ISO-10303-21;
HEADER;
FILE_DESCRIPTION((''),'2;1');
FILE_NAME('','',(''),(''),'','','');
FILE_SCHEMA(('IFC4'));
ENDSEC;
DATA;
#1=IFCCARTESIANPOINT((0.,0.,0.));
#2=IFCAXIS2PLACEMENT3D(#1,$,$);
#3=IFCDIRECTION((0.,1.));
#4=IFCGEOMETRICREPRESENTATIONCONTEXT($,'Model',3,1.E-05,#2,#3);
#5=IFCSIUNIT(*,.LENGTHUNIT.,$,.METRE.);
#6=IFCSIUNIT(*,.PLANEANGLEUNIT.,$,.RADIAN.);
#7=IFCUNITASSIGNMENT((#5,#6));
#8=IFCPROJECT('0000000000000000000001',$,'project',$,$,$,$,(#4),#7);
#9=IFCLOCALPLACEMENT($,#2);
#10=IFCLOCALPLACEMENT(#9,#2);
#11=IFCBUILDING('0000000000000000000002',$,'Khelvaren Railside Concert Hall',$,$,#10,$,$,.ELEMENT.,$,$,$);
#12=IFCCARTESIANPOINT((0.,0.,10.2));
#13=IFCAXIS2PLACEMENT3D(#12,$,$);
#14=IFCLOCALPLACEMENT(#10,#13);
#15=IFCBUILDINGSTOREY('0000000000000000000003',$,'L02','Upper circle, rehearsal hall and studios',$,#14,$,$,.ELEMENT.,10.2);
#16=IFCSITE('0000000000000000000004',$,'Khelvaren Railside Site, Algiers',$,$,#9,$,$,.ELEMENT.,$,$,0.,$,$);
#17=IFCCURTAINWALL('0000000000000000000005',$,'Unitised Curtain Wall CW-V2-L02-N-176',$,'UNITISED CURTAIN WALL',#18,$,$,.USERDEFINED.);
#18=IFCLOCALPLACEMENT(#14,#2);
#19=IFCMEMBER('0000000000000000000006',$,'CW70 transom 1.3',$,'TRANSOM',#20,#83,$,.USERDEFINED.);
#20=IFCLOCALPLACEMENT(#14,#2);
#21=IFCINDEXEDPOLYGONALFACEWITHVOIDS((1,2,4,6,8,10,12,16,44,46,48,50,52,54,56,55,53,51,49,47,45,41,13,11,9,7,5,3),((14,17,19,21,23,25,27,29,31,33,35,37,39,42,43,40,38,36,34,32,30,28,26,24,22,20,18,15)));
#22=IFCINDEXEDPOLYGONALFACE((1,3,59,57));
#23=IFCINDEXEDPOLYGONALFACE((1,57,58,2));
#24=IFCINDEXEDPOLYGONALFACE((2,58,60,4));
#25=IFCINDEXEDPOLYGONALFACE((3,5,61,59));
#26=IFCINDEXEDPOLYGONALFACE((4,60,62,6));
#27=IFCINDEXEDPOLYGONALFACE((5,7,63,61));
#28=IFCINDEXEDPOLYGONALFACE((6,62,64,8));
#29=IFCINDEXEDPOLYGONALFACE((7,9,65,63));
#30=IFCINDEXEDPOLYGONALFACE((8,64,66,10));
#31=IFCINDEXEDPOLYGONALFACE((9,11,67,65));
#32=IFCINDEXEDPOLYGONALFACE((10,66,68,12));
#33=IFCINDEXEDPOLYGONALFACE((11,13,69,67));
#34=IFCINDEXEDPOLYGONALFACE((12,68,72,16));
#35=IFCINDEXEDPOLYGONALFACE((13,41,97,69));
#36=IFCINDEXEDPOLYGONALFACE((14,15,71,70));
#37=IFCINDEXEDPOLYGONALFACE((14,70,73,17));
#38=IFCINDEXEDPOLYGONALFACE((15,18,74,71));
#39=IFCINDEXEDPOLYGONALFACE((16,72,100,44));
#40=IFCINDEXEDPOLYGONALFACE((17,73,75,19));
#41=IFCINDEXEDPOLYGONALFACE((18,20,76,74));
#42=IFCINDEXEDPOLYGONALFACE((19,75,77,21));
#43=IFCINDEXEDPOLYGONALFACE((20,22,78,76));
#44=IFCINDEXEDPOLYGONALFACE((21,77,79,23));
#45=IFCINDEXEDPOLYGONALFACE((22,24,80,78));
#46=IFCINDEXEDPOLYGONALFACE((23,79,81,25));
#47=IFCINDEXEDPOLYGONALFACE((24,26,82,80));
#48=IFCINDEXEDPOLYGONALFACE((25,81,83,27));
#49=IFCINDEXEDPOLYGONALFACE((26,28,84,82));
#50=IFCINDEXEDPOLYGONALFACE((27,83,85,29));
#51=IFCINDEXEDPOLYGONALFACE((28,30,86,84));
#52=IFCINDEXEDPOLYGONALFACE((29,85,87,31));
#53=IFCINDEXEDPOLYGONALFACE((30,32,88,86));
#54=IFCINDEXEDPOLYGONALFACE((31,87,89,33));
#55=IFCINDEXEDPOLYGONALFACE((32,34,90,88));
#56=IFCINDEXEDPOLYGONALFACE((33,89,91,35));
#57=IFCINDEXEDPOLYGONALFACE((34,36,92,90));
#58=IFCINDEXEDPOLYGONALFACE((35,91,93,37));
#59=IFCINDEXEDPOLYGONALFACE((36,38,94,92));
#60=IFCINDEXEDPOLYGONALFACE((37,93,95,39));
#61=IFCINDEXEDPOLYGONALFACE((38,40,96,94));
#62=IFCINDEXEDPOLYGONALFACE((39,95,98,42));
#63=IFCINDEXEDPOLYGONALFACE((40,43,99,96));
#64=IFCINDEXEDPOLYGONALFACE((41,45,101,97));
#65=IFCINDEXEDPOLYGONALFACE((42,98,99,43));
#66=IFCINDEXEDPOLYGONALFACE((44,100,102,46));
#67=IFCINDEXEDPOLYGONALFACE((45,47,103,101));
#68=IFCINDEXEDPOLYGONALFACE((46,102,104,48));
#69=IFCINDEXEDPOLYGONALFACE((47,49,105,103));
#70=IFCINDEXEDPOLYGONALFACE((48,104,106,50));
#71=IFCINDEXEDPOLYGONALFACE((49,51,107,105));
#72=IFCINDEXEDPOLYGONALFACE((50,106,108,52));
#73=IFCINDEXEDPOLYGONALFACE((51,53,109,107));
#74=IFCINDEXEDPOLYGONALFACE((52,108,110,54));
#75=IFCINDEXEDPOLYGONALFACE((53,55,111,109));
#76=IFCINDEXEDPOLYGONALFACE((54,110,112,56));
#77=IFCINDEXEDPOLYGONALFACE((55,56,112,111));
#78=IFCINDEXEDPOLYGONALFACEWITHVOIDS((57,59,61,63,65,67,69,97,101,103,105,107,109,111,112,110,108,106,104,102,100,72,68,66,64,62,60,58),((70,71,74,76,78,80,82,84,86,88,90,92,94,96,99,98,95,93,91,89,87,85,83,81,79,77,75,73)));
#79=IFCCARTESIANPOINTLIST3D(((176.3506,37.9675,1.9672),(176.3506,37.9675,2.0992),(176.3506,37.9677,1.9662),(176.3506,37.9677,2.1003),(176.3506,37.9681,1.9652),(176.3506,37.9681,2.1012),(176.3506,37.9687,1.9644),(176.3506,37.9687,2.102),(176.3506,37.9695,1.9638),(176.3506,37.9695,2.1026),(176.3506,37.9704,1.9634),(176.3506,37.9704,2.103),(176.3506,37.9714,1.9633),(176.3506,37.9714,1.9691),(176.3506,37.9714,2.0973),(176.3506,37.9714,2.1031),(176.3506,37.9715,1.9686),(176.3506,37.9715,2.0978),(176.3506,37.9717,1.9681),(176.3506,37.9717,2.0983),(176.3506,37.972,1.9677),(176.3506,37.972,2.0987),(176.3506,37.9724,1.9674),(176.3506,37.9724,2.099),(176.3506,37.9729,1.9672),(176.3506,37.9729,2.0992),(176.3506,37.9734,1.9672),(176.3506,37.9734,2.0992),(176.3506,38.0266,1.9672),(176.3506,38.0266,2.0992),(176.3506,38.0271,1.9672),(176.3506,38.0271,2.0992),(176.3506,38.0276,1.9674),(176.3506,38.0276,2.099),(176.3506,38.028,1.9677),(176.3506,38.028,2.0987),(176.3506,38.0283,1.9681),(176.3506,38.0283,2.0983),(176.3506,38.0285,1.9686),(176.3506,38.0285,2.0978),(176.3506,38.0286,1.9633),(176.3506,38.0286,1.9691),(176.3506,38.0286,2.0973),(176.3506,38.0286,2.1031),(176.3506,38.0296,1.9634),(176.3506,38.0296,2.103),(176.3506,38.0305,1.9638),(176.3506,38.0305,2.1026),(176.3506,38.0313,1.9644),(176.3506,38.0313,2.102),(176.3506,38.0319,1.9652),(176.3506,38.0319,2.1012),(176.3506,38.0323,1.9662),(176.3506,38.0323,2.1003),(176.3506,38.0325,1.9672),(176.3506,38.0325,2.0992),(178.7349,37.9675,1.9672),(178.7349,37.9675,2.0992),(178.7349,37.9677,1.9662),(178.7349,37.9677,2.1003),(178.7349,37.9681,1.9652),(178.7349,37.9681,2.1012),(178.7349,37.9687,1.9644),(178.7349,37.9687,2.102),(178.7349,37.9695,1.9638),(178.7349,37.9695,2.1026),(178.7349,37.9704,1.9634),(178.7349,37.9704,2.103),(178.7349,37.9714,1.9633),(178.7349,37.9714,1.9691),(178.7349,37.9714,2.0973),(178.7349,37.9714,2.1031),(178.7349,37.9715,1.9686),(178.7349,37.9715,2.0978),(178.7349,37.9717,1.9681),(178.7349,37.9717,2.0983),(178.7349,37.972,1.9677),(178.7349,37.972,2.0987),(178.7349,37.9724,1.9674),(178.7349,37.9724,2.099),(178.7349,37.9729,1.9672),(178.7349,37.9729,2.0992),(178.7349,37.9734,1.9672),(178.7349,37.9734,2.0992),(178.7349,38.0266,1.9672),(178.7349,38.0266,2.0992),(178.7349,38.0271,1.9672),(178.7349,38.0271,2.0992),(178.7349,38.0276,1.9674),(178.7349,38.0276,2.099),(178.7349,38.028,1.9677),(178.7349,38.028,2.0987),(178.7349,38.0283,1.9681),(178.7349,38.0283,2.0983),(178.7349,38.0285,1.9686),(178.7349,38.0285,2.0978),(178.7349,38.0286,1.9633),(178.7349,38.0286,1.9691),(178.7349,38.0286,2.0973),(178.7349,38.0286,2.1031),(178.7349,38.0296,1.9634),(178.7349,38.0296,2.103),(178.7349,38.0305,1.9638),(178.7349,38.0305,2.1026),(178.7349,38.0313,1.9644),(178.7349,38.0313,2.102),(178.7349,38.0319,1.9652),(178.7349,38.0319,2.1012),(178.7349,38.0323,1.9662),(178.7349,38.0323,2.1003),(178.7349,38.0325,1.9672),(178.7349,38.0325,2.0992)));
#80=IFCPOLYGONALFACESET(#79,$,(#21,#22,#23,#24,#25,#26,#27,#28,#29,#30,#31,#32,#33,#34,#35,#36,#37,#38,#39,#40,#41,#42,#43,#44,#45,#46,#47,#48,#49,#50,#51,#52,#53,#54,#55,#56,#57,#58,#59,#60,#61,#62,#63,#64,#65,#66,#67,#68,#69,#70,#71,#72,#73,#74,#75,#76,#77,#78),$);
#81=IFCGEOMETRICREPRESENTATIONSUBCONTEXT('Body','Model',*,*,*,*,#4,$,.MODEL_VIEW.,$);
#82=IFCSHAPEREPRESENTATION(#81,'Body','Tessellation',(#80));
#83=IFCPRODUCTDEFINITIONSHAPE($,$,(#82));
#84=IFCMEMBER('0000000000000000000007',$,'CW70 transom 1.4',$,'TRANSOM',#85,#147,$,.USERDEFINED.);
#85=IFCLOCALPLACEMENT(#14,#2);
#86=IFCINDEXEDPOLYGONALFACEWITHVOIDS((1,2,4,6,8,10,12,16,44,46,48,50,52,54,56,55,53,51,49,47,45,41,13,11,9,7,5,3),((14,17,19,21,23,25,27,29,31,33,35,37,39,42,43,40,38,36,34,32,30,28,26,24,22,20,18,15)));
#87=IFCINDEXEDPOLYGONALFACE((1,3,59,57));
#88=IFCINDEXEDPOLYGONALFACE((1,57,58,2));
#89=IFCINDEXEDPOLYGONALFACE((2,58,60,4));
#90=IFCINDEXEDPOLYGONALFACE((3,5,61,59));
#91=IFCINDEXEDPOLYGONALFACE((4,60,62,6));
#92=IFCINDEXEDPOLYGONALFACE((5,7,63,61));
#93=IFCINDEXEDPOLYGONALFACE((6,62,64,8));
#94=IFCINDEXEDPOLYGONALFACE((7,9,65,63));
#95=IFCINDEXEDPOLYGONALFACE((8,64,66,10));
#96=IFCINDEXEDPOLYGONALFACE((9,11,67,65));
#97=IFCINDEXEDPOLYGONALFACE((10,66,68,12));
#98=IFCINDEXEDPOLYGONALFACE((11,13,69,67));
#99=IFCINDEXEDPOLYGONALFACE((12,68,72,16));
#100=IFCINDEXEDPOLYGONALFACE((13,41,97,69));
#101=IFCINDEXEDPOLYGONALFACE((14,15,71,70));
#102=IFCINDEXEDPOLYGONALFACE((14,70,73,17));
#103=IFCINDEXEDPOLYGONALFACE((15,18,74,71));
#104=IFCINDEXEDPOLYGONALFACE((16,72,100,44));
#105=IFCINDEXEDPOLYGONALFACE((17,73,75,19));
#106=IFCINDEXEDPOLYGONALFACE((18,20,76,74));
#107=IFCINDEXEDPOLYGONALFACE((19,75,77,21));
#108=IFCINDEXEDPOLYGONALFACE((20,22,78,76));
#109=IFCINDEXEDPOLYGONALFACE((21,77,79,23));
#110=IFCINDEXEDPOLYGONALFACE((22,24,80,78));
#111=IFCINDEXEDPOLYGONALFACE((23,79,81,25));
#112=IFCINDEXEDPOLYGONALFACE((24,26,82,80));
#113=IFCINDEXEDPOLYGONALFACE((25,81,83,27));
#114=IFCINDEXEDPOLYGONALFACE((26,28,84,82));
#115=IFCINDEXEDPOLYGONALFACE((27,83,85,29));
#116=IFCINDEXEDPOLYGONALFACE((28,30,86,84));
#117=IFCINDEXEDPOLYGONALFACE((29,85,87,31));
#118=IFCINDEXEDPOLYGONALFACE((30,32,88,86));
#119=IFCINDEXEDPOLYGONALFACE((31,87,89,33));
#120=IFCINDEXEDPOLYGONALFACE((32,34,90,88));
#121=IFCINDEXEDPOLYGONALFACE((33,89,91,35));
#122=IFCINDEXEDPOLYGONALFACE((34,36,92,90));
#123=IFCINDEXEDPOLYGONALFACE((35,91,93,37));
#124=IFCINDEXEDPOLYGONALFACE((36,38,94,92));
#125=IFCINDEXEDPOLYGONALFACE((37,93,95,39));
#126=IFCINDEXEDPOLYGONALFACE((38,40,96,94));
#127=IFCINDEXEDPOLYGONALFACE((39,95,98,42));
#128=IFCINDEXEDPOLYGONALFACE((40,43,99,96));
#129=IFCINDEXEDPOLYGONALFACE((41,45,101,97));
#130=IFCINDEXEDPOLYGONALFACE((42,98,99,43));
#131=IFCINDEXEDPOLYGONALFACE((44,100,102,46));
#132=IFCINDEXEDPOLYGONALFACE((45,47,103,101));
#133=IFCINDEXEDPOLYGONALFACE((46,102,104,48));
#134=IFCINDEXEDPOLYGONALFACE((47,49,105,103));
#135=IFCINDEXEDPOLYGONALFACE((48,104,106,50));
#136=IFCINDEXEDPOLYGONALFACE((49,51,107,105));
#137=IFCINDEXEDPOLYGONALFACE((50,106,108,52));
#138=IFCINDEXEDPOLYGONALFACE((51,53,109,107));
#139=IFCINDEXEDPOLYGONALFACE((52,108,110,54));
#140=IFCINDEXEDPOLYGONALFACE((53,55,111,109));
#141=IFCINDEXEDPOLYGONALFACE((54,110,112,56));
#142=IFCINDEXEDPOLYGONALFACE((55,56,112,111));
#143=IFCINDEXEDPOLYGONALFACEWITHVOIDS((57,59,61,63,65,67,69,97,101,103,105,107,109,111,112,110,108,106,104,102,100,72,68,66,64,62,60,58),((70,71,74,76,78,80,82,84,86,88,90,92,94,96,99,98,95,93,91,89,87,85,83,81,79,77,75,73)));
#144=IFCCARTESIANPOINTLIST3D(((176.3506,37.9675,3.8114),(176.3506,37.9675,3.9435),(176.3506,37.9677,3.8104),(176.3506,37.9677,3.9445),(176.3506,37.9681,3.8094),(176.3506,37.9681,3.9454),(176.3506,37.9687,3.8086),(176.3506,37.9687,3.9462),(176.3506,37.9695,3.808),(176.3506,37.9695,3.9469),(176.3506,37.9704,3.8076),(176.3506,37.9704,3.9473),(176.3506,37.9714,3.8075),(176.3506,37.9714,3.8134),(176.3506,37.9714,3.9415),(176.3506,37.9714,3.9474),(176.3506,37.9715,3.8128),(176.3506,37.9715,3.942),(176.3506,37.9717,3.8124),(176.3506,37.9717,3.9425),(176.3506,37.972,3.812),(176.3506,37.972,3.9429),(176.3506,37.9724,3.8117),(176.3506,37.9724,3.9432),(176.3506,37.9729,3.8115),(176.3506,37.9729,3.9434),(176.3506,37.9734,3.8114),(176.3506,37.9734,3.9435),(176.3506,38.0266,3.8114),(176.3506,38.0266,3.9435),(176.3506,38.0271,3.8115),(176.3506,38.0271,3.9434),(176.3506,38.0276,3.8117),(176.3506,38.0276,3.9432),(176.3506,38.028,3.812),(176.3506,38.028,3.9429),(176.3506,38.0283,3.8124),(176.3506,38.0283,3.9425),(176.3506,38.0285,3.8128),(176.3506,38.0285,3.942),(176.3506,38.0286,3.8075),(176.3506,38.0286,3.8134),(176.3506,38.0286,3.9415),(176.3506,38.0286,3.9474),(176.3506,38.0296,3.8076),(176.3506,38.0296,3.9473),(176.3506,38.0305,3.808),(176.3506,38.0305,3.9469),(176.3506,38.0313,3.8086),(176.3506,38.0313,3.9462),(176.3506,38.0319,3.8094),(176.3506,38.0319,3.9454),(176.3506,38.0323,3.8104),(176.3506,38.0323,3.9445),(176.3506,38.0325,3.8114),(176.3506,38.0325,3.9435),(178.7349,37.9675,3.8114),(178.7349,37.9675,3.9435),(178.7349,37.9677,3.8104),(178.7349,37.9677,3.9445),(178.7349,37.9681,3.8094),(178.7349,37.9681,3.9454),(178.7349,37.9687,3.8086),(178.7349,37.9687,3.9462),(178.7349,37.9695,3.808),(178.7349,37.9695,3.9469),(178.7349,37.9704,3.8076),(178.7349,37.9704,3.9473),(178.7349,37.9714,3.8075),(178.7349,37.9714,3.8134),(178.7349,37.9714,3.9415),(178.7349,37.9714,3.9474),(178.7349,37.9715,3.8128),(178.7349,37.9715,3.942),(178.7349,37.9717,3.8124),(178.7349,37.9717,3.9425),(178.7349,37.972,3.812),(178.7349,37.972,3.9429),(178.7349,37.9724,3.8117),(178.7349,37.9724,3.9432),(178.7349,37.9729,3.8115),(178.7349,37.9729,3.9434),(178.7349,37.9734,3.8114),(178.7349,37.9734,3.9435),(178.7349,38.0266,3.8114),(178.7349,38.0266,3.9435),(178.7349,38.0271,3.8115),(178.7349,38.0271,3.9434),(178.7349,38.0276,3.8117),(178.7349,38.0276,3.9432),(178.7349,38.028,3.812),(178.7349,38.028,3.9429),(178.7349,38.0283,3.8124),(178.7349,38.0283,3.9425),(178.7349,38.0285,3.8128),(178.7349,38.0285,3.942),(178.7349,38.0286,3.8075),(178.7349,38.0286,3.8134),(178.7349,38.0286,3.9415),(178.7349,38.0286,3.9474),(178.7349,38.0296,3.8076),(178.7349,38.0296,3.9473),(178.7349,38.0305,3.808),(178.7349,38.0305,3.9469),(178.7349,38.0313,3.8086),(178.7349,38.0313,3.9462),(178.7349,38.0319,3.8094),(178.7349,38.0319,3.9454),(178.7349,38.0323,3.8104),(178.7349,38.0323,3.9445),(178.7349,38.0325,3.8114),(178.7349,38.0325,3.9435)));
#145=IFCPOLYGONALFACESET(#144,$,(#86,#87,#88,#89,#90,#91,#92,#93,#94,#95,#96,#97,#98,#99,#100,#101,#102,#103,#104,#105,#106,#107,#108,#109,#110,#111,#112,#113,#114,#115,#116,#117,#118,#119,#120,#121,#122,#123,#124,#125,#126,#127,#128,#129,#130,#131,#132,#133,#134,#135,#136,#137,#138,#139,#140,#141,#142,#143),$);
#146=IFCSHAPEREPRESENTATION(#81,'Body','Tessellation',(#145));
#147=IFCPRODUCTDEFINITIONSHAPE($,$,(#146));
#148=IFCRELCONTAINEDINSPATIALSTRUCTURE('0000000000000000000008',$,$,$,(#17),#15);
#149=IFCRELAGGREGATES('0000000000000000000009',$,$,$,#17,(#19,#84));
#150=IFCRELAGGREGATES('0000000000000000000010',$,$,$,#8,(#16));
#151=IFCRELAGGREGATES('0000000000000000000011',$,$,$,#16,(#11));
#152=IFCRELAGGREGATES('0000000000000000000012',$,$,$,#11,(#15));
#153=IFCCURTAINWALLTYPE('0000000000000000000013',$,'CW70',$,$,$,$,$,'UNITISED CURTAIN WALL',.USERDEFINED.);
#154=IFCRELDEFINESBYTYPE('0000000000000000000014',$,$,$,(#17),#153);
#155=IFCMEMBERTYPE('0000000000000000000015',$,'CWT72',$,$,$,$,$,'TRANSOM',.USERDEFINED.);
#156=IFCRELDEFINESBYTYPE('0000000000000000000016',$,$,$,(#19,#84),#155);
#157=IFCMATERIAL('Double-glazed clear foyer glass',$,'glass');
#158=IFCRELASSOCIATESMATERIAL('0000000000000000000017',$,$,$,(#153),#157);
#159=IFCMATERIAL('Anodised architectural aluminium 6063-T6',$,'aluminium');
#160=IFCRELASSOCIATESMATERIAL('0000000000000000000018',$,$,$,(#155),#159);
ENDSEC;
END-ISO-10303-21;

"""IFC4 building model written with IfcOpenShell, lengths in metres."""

from ifc_helpers import new_model, si_unit, direction, frame, origin, origin_2d, place, context, subcontext, project, spatial, hollow_rectangle, extrude, material, material_profile, profile_set, type_object, element, aggregate, save


model = new_model("IFC4")

# Units and contexts
model_context = context("Model", 3, precision=1e-05, world=origin(), true_north=direction((0.0, 1.0)))
body_context = subcontext(model_context, "Body", "Model", "MODEL_VIEW")
ifc_project = project(units=[si_unit("LENGTHUNIT", "METRE"), si_unit("PLANEANGLEUNIT", "RADIAN")], contexts=[model_context])

# Site, building, storey
site_placement = place(None, origin())
site = spatial("IfcSite", under=ifc_project, at=site_placement, Name="Khelvaren Railside Site, Algiers", CompositionType="ELEMENT", RefElevation=0.0)
building_placement = place(site_placement, origin())
building = spatial("IfcBuilding", under=site, at=building_placement, Name="Khelvaren Railside Concert Hall", CompositionType="ELEMENT")
storey_placement = place(building_placement, frame((0.0, 0.0, 10.2)))
storey = spatial("IfcBuildingStorey", under=building, at=storey_placement, Name="L02", Description="Upper circle, rehearsal hall and studios", CompositionType="ELEMENT", Elevation=10.2)

# Curtain wall
ifc_material_1 = material(Name="Double-glazed clear foyer glass", Category="glass")
curtain_wall_type_1 = type_object("IfcCurtainWallType", Name="CW70", ElementType="UNITISED CURTAIN WALL", PredefinedType="USERDEFINED", material=ifc_material_1)
curtain_wall_1_placement = place(storey_placement, origin())
curtain_wall_1 = element("IfcCurtainWall", 1, at=curtain_wall_1_placement, inside=storey, type_object=curtain_wall_type_1, Name="Unitised Curtain Wall CW-V2-L02-N-176", ObjectType="UNITISED CURTAIN WALL", PredefinedType="USERDEFINED")
ifc_material_2 = material(Name="Anodised architectural aluminium 6063-T6", Category="aluminium")

# Members
ifc_material_profile_1 = material_profile(ifc_material_2, hollow_rectangle(XDim=0.0649, YDim=0.1399, WallThickness=0.0039, InnerFilletRadius=0.002, OuterFilletRadius=0.0039, at=origin_2d()), Name="CWT 65x140x4")
ifc_profile_set_1 = profile_set([ifc_material_profile_1], Name="Anodised architectural aluminium 6063-T6")
member_type_1 = type_object("IfcMemberType", Name="CWT72", ElementType="TRANSOM", PredefinedType="USERDEFINED", material=ifc_profile_set_1)
member_1_placement = place(storey_placement, frame((176.3506, 38.0, 2.0332), z_axis=(1.0, 0.0, 0.0), x_axis=(0.0, 1.0, 0.0)))
member_1 = element("IfcMember", 2, at=member_1_placement, type_object=member_type_1, Name="CW70 transom 1.3", ObjectType="TRANSOM", PredefinedType="USERDEFINED", context=body_context, shape_type="SweptSolid", body=[
    extrude(hollow_rectangle(XDim=0.0649, YDim=0.1399, WallThickness=0.0039, InnerFilletRadius=0.002, OuterFilletRadius=0.0039, at=origin_2d()), origin(), (0.0, 0.0, 1.0), 2.3843),
])
member_2_placement = place(storey_placement, frame((176.3506, 38.0, 3.8774), z_axis=(1.0, 0.0, 0.0), x_axis=(0.0, 1.0, 0.0)))
member_2 = element("IfcMember", 3, at=member_2_placement, type_object=member_type_1, Name="CW70 transom 1.4", ObjectType="TRANSOM", PredefinedType="USERDEFINED", context=body_context, shape_type="SweptSolid", body=[
    extrude(hollow_rectangle(XDim=0.0649, YDim=0.1399, WallThickness=0.0039, InnerFilletRadius=0.002, OuterFilletRadius=0.0039, at=origin_2d()), origin(), (0.0, 0.0, 1.0), 2.3843),
])

aggregate(curtain_wall_1, [member_1, member_2])

save(model, "model.ifc")
